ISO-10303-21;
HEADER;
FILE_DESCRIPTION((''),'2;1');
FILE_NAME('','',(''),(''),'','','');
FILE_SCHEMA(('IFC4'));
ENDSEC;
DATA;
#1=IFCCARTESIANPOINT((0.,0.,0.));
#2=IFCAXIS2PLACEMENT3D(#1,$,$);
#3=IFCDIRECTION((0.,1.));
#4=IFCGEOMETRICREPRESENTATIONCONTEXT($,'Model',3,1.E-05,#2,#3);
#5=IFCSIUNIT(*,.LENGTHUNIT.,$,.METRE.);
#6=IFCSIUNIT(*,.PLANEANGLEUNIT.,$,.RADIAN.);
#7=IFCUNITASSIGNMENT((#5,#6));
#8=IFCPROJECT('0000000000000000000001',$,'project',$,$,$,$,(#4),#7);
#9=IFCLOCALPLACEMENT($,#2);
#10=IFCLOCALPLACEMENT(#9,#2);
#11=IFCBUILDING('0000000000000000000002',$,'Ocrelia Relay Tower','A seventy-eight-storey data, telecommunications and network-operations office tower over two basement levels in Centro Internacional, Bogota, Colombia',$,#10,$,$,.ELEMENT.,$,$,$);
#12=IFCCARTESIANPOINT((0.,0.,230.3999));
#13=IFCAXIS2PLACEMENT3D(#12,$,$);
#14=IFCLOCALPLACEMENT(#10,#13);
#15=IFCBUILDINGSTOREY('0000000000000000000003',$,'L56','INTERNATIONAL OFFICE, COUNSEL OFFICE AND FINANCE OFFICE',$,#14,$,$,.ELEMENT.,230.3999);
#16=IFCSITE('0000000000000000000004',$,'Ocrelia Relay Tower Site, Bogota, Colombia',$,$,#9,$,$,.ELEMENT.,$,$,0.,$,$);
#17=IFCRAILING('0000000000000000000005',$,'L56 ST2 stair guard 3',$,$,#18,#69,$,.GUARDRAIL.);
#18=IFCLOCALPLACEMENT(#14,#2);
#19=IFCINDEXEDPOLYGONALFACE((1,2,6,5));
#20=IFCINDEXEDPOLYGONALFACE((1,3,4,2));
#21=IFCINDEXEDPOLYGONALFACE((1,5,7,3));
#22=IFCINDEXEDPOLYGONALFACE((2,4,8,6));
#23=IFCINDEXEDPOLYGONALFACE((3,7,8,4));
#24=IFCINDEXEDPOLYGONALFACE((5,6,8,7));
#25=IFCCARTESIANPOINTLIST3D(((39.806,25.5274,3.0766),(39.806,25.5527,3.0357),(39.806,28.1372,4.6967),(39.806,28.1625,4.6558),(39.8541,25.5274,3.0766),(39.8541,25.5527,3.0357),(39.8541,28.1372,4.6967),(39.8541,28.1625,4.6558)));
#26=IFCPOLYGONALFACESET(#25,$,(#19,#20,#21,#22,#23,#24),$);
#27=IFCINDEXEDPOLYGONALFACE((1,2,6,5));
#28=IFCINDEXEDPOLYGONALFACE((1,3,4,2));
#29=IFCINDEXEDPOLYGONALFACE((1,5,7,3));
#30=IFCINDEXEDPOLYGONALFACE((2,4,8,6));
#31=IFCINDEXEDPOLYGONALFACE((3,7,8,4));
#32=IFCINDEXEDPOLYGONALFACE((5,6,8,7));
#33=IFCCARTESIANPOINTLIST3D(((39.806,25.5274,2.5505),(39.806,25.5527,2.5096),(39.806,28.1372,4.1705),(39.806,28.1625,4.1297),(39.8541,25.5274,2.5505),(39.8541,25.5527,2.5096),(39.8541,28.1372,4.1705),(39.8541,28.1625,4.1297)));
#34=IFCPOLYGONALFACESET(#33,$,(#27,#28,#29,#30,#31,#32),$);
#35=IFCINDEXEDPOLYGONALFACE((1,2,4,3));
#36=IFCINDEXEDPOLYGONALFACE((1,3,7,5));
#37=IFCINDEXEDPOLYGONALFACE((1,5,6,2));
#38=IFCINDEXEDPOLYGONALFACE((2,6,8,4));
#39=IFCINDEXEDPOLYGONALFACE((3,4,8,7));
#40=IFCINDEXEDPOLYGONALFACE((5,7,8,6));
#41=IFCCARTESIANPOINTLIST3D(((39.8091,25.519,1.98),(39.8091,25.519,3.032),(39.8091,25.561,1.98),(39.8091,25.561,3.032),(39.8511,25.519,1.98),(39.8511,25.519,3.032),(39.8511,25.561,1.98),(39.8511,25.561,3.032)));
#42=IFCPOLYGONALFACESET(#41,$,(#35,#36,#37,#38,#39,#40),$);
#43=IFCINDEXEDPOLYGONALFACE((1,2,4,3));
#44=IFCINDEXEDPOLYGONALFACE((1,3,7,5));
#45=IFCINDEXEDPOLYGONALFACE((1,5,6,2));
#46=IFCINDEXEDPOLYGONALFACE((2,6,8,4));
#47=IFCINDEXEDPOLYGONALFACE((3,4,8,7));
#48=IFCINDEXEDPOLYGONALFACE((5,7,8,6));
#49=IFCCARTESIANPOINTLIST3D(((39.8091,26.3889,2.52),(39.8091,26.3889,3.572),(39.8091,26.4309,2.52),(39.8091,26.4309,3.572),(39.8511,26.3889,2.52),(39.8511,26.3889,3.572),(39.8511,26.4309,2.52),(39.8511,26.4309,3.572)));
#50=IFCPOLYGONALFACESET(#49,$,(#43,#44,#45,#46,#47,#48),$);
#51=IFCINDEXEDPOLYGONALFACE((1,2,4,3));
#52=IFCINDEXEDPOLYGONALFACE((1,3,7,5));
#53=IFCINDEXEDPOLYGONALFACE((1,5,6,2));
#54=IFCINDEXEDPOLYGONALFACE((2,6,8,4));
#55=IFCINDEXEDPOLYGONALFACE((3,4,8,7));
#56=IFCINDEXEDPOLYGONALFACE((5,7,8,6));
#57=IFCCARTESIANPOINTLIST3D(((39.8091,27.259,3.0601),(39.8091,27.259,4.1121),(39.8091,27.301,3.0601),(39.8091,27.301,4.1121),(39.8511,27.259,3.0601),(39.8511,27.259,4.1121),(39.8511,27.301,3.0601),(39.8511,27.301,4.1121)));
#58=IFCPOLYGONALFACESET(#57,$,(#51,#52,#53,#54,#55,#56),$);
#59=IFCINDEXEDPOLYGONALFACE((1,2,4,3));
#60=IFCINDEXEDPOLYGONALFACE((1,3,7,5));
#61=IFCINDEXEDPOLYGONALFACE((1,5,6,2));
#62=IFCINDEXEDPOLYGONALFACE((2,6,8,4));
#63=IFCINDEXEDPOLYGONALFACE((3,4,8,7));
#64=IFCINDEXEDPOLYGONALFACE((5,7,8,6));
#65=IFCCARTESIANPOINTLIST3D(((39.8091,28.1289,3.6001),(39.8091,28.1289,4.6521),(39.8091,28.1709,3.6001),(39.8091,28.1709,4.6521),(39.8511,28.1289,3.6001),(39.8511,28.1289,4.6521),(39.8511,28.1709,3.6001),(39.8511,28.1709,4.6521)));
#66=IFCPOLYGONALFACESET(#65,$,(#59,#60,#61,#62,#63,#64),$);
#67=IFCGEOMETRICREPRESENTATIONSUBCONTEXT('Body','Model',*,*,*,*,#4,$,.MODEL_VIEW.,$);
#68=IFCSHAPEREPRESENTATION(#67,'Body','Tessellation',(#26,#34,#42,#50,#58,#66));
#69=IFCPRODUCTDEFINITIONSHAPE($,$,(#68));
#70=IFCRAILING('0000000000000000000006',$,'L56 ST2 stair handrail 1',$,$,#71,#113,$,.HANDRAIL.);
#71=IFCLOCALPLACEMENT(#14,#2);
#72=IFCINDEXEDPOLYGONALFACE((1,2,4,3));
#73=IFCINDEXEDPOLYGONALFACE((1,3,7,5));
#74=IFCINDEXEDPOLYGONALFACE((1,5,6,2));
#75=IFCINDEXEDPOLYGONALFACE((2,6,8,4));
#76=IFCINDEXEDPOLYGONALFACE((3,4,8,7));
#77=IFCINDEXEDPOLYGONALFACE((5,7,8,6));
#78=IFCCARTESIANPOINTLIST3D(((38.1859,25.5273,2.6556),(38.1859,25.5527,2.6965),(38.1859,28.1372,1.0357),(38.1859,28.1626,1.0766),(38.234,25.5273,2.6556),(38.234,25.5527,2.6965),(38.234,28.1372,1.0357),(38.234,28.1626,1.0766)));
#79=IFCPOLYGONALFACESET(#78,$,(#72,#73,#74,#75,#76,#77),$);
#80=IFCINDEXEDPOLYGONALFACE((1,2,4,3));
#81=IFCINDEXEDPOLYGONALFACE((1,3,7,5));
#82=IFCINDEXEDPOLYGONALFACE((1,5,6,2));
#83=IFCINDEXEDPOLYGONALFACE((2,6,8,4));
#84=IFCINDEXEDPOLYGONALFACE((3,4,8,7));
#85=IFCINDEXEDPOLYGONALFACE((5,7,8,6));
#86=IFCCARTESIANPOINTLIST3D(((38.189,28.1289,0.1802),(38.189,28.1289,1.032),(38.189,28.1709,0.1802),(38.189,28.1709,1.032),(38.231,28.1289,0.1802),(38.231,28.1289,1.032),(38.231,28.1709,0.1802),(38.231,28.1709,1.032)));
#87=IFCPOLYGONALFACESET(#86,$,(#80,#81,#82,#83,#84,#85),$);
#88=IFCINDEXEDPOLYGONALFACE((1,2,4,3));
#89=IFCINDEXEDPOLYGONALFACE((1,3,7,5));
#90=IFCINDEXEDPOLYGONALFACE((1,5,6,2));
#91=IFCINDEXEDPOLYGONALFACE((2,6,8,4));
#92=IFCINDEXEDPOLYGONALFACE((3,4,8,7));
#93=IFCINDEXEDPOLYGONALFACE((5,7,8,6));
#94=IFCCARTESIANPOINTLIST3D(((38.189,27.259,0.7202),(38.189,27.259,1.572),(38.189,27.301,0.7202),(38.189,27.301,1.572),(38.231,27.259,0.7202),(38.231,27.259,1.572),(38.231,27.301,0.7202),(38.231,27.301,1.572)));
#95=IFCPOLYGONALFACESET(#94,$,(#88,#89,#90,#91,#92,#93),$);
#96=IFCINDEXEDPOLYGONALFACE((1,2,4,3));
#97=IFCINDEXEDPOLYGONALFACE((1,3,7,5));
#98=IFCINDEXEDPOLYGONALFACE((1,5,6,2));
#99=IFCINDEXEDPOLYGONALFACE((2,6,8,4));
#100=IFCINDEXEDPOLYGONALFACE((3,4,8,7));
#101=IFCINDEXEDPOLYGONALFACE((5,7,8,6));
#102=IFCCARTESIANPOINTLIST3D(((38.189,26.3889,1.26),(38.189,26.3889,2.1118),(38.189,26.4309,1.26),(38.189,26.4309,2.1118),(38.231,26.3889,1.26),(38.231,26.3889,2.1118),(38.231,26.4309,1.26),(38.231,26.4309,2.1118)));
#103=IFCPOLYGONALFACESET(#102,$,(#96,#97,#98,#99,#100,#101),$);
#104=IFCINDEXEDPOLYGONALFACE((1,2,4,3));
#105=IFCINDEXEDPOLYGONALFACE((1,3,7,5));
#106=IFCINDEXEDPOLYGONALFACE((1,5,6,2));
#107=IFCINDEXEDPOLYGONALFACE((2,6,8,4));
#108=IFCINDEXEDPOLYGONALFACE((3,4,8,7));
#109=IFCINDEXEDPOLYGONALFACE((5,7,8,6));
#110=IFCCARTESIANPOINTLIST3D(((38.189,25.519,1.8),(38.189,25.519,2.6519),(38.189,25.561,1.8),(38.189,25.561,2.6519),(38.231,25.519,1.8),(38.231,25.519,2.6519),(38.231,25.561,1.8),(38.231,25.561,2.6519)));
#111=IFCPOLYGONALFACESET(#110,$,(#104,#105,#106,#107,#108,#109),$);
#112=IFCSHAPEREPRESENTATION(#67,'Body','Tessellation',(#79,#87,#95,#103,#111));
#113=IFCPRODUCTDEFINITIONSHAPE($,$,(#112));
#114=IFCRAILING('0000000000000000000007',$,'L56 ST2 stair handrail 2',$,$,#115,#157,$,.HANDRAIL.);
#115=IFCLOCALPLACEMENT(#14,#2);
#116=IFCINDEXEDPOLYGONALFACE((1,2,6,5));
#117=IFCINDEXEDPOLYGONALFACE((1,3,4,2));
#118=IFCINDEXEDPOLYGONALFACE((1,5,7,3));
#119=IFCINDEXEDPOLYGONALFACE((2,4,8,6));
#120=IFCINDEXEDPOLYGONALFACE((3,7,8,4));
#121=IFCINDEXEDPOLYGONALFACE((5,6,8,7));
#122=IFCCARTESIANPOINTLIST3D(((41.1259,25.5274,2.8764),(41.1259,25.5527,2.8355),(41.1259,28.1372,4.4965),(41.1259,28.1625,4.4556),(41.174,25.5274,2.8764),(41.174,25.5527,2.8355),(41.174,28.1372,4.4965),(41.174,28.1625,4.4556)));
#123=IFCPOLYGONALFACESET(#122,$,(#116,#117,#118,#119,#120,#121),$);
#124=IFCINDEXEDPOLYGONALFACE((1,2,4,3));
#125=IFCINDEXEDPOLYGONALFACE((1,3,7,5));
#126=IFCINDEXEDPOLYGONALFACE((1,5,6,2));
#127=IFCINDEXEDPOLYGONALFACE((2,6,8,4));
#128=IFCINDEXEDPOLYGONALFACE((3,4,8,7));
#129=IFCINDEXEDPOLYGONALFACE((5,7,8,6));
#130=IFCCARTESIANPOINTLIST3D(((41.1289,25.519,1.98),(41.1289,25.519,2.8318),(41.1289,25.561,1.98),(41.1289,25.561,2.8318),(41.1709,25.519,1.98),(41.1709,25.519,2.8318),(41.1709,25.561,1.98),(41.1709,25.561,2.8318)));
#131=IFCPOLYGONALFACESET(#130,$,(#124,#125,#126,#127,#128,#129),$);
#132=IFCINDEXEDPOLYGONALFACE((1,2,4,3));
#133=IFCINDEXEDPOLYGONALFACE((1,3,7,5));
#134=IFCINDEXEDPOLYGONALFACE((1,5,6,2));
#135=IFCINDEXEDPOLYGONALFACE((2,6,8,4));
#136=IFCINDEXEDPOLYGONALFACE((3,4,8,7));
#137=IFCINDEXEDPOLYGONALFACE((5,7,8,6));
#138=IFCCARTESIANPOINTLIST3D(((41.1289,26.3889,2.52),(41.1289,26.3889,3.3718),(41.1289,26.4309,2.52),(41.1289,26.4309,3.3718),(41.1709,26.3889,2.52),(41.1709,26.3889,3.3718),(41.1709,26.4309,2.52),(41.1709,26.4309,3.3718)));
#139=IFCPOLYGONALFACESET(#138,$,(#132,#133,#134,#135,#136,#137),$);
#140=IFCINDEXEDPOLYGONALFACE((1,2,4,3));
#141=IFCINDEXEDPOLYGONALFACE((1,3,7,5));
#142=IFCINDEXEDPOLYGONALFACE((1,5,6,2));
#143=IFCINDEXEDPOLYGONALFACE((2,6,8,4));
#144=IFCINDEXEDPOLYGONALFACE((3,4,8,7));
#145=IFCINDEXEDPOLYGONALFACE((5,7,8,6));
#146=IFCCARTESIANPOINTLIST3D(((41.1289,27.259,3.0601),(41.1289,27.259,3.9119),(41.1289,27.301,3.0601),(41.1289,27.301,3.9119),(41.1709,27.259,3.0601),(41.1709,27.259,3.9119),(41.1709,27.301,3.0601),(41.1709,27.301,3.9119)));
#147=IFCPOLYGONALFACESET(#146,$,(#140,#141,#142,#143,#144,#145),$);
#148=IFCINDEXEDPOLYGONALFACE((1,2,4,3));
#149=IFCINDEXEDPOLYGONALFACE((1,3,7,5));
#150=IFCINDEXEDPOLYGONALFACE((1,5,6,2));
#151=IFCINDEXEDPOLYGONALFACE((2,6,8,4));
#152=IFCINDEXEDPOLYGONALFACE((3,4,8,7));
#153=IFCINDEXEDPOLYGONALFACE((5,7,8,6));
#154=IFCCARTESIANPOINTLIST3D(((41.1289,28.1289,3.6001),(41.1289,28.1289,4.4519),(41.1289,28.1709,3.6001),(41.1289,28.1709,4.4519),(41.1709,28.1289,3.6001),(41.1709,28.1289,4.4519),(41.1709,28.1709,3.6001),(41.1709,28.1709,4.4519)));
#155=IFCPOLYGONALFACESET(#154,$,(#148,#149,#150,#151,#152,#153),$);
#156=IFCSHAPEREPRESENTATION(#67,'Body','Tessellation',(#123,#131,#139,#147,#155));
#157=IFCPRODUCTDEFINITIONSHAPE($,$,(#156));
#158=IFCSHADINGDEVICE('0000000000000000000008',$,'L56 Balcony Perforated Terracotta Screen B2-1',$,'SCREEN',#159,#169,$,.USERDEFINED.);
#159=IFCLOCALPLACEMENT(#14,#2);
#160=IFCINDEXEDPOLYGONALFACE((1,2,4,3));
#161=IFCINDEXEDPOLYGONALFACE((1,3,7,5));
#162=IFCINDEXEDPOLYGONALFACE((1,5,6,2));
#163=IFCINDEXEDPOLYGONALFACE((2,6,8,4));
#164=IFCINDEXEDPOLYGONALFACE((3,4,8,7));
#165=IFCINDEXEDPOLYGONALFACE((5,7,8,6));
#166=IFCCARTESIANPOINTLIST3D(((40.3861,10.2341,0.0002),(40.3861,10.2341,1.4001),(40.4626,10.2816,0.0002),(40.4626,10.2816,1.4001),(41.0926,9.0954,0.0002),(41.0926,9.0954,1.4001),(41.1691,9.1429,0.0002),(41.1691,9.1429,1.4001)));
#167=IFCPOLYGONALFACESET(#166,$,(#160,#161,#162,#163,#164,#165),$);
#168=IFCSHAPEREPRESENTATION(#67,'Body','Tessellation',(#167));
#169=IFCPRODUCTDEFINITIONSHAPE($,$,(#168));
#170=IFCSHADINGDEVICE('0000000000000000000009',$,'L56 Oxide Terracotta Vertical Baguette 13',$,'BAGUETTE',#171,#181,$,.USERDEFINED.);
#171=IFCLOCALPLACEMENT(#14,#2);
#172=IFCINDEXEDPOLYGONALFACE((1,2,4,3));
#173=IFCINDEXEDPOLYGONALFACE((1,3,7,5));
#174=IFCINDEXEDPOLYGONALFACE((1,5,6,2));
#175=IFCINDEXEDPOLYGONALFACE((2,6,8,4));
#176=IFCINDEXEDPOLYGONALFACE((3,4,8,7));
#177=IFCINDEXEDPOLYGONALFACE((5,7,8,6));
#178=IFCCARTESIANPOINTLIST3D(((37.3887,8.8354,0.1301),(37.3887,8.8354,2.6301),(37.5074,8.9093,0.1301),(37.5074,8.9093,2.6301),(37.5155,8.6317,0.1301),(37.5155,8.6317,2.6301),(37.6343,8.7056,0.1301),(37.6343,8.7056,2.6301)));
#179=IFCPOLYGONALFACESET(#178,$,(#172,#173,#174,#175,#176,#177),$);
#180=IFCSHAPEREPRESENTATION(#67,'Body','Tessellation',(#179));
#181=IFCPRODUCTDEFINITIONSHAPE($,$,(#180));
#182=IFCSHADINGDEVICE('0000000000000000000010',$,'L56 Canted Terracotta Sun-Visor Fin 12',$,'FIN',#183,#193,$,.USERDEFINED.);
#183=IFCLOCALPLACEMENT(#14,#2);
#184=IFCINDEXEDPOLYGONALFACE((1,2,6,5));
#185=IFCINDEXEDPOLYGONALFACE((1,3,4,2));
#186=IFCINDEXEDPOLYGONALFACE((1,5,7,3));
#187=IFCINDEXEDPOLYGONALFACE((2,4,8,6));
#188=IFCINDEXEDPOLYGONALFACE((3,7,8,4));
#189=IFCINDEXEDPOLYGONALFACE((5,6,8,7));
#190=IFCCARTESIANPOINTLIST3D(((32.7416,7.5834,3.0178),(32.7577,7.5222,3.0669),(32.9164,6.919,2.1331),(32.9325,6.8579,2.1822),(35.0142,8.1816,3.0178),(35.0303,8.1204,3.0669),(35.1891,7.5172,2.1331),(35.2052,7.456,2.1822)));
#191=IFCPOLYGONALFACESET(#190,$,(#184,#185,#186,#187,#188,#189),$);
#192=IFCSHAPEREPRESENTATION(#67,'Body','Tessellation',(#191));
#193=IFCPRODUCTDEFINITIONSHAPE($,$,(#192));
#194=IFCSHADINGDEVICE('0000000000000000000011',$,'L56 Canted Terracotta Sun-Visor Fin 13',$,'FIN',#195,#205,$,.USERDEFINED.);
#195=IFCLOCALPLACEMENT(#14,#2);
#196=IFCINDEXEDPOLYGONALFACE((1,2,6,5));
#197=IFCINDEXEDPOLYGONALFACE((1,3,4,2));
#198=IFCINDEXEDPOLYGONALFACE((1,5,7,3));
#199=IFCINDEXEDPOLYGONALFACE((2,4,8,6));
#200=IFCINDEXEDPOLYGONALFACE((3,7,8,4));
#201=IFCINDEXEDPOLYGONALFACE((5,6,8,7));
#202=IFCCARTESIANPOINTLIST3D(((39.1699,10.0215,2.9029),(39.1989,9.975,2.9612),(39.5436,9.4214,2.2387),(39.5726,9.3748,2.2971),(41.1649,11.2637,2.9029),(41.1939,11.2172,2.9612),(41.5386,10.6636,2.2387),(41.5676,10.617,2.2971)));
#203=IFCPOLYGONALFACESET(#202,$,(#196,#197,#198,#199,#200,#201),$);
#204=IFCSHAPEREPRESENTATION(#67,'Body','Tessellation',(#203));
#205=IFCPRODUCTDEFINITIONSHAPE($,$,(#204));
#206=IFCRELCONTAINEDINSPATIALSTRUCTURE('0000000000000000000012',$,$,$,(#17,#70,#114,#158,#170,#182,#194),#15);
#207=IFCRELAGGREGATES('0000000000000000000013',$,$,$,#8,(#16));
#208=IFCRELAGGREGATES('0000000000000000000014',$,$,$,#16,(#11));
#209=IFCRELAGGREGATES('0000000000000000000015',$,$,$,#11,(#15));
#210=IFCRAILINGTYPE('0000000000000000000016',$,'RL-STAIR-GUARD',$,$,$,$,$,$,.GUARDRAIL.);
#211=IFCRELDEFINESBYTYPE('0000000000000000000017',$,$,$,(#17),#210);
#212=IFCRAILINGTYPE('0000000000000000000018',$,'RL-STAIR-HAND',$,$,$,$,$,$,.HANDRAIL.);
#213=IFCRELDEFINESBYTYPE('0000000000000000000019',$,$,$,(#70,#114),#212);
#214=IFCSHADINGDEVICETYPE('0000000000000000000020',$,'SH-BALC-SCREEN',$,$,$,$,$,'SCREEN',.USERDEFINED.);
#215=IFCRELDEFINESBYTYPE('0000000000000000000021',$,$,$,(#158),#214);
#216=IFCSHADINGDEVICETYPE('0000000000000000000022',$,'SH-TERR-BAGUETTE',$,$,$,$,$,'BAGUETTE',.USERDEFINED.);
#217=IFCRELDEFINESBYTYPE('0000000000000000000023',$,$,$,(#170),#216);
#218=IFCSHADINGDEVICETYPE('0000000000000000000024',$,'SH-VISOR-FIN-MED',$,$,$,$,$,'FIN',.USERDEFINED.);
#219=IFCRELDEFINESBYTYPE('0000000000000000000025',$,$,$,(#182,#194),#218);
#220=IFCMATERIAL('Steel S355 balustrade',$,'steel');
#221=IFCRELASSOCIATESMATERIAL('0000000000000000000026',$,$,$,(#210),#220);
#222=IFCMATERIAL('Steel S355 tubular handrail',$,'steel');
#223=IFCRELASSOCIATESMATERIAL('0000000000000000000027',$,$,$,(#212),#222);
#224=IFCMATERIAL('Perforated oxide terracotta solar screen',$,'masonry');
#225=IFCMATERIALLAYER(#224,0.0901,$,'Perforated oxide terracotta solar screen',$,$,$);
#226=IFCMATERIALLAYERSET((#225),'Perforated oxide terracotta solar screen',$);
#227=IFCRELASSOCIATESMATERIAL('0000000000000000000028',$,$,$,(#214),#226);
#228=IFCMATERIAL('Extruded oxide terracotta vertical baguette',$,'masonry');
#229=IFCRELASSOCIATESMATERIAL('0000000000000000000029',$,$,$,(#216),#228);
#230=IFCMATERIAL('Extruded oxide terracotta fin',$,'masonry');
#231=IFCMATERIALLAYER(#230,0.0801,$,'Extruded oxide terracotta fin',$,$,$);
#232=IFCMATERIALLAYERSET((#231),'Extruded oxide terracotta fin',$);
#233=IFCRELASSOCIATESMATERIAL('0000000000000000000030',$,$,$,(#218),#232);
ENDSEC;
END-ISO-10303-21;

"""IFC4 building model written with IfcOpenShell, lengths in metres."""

from ifc_helpers import new_model, si_unit, direction, frame, origin, origin_2d, place, context, subcontext, project, spatial, rectangle, extrude, material, layer, layer_set, type_object, element, save


model = new_model("IFC4")

# Units and contexts
model_context = context("Model", 3, precision=1e-05, world=origin(), true_north=direction((0.0, 1.0)))
body_context = subcontext(model_context, "Body", "Model", "MODEL_VIEW")
ifc_project = project(units=[si_unit("LENGTHUNIT", "METRE"), si_unit("PLANEANGLEUNIT", "RADIAN")], contexts=[model_context])

# Site, building, storey
site_placement = place(None, origin())
site = spatial("IfcSite", under=ifc_project, at=site_placement, Name="Ocrelia Relay Tower Site, Bogota, Colombia", CompositionType="ELEMENT", RefElevation=0.0)
building_placement = place(site_placement, origin())
building = spatial("IfcBuilding", under=site, at=building_placement, Name="Ocrelia Relay Tower", Description="A seventy-eight-storey data, telecommunications and network-operations office tower over two basement levels in Centro Internacional, Bogota, Colombia", CompositionType="ELEMENT")
storey_placement = place(building_placement, frame((0.0, 0.0, 230.3999)))
storey = spatial("IfcBuildingStorey", under=building, at=storey_placement, Name="L56", Description="INTERNATIONAL OFFICE, COUNSEL OFFICE AND FINANCE OFFICE", CompositionType="ELEMENT", Elevation=230.3999)

# Railings
ifc_material_1 = material(Name="Steel S355 balustrade", Category="steel")
railing_type_1 = type_object("IfcRailingType", Name="RL-STAIR-GUARD", PredefinedType="GUARDRAIL", material=ifc_material_1)
railing_1_placement = place(storey_placement, frame((39.8301, 25.54, 1.98)))
element("IfcRailing", 1, at=railing_1_placement, inside=storey, type_object=railing_type_1, Name="L56 ST2 stair guard 3", PredefinedType="GUARDRAIL", context=body_context, shape_type="SweptSolid", body=[
    extrude(rectangle(XDim=0.0481, YDim=0.0481, at=origin_2d()), frame((0.0, 0.0, 1.0762), z_axis=(0.0, 0.849611, 0.52741), x_axis=(-1.0, 0.0, 0.0)), (0.0, 0.0, 1.0), 3.0718),
    extrude(rectangle(XDim=0.0481, YDim=0.0481, at=origin_2d()), frame((0.0, 0.0, 0.55), z_axis=(0.0, 0.849611, 0.52741), x_axis=(-1.0, 0.0, 0.0)), (0.0, 0.0, 1.0), 3.0718),
    extrude(rectangle(XDim=0.042, YDim=0.042, at=origin_2d()), origin(), (0.0, 0.0, 1.0), 1.052),
    extrude(rectangle(XDim=0.042, YDim=0.042, at=origin_2d()), frame((0.0, 0.8699, 0.54)), (0.0, 0.0, 1.0), 1.052),
    extrude(rectangle(XDim=0.042, YDim=0.042, at=origin_2d()), frame((0.0, 1.74, 1.0801)), (0.0, 0.0, 1.0), 1.052),
    extrude(rectangle(XDim=0.042, YDim=0.042, at=origin_2d()), frame((0.0, 2.6099, 1.6201)), (0.0, 0.0, 1.0), 1.052),
])
ifc_material_2 = material(Name="Steel S355 tubular handrail", Category="steel")
railing_type_2 = type_object("IfcRailingType", Name="RL-STAIR-HAND", PredefinedType="HANDRAIL", material=ifc_material_2)
railing_2_placement = place(storey_placement, frame((38.21, 28.1499, 0.1802)))
element("IfcRailing", 2, at=railing_2_placement, inside=storey, type_object=railing_type_2, Name="L56 ST2 stair handrail 1", PredefinedType="HANDRAIL", context=body_context, shape_type="SweptSolid", body=[
    extrude(rectangle(XDim=0.0481, YDim=0.0481, at=origin_2d()), frame((0.0, 0.0, 0.876), z_axis=(0.0, -0.849646, 0.527353), x_axis=(1.0, 0.0, 0.0)), (0.0, 0.0, 1.0), 3.0718),
    extrude(rectangle(XDim=0.042, YDim=0.042, at=origin_2d()), origin(), (0.0, 0.0, 1.0), 0.8518),
    extrude(rectangle(XDim=0.042, YDim=0.042, at=origin_2d()), frame((0.0, -0.8699, 0.54)), (0.0, 0.0, 1.0), 0.8518),
    extrude(rectangle(XDim=0.042, YDim=0.042, at=origin_2d()), frame((0.0, -1.74, 1.0798)), (0.0, 0.0, 1.0), 0.8518),
    extrude(rectangle(XDim=0.042, YDim=0.042, at=origin_2d()), frame((0.0, -2.6099, 1.6199)), (0.0, 0.0, 1.0), 0.8518),
])
railing_3_placement = place(storey_placement, frame((41.1499, 25.54, 1.98)))
element("IfcRailing", 3, at=railing_3_placement, inside=storey, type_object=railing_type_2, Name="L56 ST2 stair handrail 2", PredefinedType="HANDRAIL", context=body_context, shape_type="SweptSolid", body=[
    extrude(rectangle(XDim=0.0481, YDim=0.0481, at=origin_2d()), frame((0.0, 0.0, 0.876), z_axis=(0.0, 0.849611, 0.52741), x_axis=(-1.0, 0.0, 0.0)), (0.0, 0.0, 1.0), 3.0718),
    extrude(rectangle(XDim=0.042, YDim=0.042, at=origin_2d()), origin(), (0.0, 0.0, 1.0), 0.8518),
    extrude(rectangle(XDim=0.042, YDim=0.042, at=origin_2d()), frame((0.0, 0.8699, 0.54)), (0.0, 0.0, 1.0), 0.8518),
    extrude(rectangle(XDim=0.042, YDim=0.042, at=origin_2d()), frame((0.0, 1.74, 1.0801)), (0.0, 0.0, 1.0), 0.8518),
    extrude(rectangle(XDim=0.042, YDim=0.042, at=origin_2d()), frame((0.0, 2.6099, 1.6201)), (0.0, 0.0, 1.0), 0.8518),
])

# Shading devices
ifc_material_3 = material(Name="Perforated oxide terracotta solar screen", Category="masonry")
ifc_layer_1 = layer(ifc_material_3, 0.0901, Name="Perforated oxide terracotta solar screen")
ifc_layer_set_1 = layer_set([ifc_layer_1], Name="Perforated oxide terracotta solar screen")
shading_device_type_1 = type_object("IfcShadingDeviceType", Name="SH-BALC-SCREEN", ElementType="SCREEN", PredefinedType="USERDEFINED", material=ifc_layer_set_1)
shading_device_1_placement = place(storey_placement, frame((40.7776, 9.6885, 0.0002), z_axis=(0.0, 0.0, 1.0), x_axis=(0.527209, -0.849736, 0.0)))
element("IfcShadingDevice", 4, at=shading_device_1_placement, inside=storey, type_object=shading_device_type_1, Name="L56 Balcony Perforated Terracotta Screen B2-1", ObjectType="SCREEN", PredefinedType="USERDEFINED", context=body_context, shape_type="SweptSolid", body=[
    extrude(rectangle(XDim=1.3401, YDim=0.0901, at=origin_2d()), origin(), (0.0, 0.0, 1.0), 1.3999),
])
ifc_material_4 = material(Name="Extruded oxide terracotta vertical baguette", Category="masonry")
shading_device_type_2 = type_object("IfcShadingDeviceType", Name="SH-TERR-BAGUETTE", ElementType="BAGUETTE", PredefinedType="USERDEFINED", material=ifc_material_4)
shading_device_2_placement = place(storey_placement, frame((37.5115, 8.7705, 0.1301), z_axis=(0.0, 0.0, 1.0), x_axis=(0.848888, 0.528573, 0.0)))
element("IfcShadingDevice", 5, at=shading_device_2_placement, inside=storey, type_object=shading_device_type_2, Name="L56 Oxide Terracotta Vertical Baguette 13", ObjectType="BAGUETTE", PredefinedType="USERDEFINED", context=body_context, shape_type="SweptSolid", body=[
    extrude(rectangle(XDim=0.1399, YDim=0.24, at=origin_2d()), origin(), (0.0, 0.0, 1.0), 2.5),
])
ifc_material_5 = material(Name="Extruded oxide terracotta fin", Category="masonry")
ifc_layer_2 = layer(ifc_material_5, 0.0801, Name="Extruded oxide terracotta fin")
ifc_layer_set_2 = layer_set([ifc_layer_2], Name="Extruded oxide terracotta fin")
shading_device_type_3 = type_object("IfcShadingDeviceType", Name="SH-VISOR-FIN-MED", ElementType="FIN", PredefinedType="USERDEFINED", material=ifc_layer_set_2)
shading_device_3_placement = place(storey_placement, frame((33.9653, 7.5503, 2.5754), z_axis=(0.201037, -0.76382, 0.613321), x_axis=(0.967065, 0.254531, 0.0)))
element("IfcShadingDevice", 6, at=shading_device_3_placement, inside=storey, type_object=shading_device_type_3, Name="L56 Canted Terracotta Sun-Visor Fin 12", ObjectType="FIN", PredefinedType="USERDEFINED", context=body_context, shape_type="SweptSolid", body=[
    extrude(rectangle(XDim=2.3501, YDim=1.1201, at=origin_2d()), origin(), (0.0, 0.0, 1.0), 0.0801),
])
shading_device_4_placement = place(storey_placement, frame((40.3542, 10.3425, 2.5708), z_axis=(0.3619, -0.581212, 0.728849), x_axis=(0.848888, 0.528573, 0.0)))
element("IfcShadingDevice", 7, at=shading_device_4_placement, inside=storey, type_object=shading_device_type_3, Name="L56 Canted Terracotta Sun-Visor Fin 13", ObjectType="FIN", PredefinedType="USERDEFINED", context=body_context, shape_type="SweptSolid", body=[
    extrude(rectangle(XDim=2.3501, YDim=0.97, at=origin_2d()), origin(), (0.0, 0.0, 1.0), 0.0801),
])

save(model, "model.ifc")
